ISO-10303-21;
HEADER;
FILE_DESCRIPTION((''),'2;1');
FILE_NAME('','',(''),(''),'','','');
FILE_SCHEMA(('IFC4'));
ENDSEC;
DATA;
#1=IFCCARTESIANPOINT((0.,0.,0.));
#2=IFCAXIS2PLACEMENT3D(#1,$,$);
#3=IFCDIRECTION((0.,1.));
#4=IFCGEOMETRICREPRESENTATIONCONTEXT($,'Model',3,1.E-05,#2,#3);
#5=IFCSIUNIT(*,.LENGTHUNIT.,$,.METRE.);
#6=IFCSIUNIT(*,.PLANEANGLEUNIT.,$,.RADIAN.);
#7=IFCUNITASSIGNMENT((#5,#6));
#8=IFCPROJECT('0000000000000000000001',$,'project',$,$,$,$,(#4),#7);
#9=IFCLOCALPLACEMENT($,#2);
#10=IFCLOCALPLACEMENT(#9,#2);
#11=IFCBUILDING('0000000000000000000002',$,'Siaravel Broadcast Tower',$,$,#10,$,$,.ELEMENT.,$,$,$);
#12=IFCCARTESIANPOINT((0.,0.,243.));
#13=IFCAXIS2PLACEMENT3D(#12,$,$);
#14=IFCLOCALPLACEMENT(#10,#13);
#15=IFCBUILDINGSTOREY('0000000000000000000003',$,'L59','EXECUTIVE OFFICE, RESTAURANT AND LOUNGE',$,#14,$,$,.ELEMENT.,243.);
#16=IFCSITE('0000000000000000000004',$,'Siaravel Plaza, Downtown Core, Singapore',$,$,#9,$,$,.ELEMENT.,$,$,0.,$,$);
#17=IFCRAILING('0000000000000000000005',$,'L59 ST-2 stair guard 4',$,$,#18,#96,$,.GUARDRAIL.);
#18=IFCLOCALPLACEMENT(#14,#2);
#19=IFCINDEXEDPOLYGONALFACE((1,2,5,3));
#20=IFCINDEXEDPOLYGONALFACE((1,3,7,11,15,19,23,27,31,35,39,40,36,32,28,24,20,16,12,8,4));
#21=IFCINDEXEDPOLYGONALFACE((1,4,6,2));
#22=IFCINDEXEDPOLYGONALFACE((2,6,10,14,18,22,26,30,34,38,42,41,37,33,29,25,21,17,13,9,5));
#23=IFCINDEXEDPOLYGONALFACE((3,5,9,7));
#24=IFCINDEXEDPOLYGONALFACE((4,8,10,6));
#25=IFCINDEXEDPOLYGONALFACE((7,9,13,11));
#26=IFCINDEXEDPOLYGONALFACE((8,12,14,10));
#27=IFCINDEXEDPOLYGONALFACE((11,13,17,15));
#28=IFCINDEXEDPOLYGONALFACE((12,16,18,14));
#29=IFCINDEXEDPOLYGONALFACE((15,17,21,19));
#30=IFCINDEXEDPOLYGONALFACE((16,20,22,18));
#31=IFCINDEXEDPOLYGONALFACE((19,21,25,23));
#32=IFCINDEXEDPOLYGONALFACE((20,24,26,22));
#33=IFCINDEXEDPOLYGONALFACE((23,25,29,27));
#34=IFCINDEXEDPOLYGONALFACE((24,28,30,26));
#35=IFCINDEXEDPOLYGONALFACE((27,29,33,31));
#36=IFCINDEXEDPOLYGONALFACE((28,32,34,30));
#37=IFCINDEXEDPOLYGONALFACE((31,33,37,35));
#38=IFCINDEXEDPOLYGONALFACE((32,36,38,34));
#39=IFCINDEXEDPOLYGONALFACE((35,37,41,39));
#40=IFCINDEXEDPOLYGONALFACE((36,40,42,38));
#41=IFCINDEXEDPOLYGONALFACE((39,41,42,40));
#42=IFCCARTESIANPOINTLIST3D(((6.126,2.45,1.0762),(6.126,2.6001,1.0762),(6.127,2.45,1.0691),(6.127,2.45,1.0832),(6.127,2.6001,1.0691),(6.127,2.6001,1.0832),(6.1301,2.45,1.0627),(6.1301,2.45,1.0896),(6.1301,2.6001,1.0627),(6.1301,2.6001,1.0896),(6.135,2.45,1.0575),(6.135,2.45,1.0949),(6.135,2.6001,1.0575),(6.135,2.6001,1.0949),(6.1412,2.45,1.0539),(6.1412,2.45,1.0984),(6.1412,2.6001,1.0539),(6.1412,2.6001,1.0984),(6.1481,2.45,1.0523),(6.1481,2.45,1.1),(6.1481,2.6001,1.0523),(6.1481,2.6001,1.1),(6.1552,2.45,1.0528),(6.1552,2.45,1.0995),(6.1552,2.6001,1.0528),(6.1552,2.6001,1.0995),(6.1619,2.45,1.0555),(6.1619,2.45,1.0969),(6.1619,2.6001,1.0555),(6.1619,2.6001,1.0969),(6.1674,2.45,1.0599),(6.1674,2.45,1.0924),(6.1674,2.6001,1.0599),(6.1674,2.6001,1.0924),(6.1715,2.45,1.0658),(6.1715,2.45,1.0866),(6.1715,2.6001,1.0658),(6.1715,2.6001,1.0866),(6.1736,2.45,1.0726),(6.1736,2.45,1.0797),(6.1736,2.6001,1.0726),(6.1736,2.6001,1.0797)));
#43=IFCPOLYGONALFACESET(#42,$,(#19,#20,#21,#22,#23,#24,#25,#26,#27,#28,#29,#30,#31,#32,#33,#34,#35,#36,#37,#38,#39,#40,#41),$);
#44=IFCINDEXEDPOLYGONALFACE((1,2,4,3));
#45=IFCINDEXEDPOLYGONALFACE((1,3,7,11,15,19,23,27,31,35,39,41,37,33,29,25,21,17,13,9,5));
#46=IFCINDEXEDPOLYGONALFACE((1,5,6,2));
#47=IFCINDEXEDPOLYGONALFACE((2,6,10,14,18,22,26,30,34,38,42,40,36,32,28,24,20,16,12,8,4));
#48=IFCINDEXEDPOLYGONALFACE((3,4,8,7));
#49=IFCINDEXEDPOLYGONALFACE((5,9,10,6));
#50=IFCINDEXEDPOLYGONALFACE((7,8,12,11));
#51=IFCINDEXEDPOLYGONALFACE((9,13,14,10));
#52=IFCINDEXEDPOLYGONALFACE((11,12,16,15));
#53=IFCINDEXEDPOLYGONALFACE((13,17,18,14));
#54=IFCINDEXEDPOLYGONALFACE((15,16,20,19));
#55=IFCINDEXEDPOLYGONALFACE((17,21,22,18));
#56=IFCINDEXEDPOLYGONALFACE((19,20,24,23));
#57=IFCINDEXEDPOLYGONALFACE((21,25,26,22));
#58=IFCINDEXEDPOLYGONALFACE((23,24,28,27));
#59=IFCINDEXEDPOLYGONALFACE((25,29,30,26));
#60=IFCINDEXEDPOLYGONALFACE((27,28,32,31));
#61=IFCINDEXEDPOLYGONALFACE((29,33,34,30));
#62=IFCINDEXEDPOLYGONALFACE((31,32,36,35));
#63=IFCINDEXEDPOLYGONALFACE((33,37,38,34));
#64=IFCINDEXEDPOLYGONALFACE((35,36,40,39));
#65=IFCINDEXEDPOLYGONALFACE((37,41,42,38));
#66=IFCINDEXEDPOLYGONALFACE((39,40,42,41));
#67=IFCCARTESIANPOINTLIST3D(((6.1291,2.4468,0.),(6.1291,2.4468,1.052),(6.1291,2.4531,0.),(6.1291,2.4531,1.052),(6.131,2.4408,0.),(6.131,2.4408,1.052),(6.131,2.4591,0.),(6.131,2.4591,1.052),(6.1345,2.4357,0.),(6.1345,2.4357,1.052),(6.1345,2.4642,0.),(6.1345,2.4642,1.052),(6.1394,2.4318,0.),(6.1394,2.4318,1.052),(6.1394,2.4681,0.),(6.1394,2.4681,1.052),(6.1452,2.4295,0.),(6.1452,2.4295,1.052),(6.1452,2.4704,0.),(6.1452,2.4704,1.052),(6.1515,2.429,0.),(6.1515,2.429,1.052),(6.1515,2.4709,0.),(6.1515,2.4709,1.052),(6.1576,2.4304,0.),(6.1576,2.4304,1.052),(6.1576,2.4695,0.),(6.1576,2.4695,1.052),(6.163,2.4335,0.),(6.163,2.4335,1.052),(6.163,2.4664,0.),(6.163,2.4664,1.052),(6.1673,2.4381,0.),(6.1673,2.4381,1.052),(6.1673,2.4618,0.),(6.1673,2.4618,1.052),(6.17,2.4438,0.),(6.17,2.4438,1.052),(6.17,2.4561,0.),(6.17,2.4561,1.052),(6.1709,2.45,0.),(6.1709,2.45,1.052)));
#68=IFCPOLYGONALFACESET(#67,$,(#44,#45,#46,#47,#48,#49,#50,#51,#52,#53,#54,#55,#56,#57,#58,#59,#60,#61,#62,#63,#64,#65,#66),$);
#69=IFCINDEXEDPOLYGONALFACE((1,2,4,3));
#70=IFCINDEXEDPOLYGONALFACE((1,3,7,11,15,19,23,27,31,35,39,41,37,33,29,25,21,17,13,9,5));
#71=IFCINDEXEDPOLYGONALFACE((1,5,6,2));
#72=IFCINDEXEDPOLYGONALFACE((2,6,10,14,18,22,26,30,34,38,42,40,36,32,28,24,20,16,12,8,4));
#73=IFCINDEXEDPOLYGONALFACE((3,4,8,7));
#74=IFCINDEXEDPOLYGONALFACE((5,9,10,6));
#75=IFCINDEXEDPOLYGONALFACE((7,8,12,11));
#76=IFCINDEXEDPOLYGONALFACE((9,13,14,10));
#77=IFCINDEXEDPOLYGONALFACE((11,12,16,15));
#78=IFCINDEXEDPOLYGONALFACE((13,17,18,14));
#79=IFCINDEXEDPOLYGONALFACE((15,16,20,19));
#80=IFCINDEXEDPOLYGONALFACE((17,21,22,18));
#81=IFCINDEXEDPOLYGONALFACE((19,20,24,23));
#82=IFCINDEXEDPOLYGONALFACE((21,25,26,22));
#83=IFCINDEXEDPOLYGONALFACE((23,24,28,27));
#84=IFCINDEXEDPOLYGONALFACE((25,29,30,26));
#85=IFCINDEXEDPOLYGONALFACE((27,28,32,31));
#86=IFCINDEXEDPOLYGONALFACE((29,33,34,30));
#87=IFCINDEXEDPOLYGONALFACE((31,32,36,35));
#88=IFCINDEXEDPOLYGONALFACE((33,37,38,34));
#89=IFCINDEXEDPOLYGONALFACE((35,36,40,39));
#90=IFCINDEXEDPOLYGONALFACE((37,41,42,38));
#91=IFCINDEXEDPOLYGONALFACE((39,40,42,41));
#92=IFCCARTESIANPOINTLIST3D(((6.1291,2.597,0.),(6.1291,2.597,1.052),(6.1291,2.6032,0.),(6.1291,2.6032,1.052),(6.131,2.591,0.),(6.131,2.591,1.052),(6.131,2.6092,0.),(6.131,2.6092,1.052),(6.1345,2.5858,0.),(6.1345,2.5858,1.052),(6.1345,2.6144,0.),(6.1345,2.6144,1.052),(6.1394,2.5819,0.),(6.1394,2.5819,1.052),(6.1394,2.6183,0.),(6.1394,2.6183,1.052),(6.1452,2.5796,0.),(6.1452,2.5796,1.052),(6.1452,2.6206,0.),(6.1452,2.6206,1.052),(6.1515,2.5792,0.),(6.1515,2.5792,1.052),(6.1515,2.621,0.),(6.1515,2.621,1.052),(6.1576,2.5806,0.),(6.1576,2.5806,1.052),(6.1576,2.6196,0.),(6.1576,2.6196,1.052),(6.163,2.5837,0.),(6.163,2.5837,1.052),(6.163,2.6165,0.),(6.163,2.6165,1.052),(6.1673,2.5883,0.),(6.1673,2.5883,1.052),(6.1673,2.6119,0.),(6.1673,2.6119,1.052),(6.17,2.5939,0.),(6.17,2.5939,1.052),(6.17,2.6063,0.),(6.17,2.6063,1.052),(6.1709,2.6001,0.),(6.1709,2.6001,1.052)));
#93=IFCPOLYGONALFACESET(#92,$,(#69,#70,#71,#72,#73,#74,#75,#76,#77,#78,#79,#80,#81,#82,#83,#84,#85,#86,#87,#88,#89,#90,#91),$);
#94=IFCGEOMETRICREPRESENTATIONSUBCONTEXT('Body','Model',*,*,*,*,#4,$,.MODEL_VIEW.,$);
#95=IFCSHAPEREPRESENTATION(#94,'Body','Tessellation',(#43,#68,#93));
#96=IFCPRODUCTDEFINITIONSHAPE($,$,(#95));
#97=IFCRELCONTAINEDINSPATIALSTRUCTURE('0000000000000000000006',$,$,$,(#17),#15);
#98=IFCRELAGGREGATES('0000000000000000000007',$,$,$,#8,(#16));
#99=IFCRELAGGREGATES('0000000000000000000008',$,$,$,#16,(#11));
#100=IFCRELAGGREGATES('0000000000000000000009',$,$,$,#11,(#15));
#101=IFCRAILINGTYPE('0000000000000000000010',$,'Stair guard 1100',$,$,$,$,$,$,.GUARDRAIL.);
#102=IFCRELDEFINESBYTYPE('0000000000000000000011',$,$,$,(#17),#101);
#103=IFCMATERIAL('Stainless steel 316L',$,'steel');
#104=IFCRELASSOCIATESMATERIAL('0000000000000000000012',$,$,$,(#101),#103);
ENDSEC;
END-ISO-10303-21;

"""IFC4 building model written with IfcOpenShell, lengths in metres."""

from ifc_helpers import new_model, si_unit, direction, frame, origin, origin_2d, place, context, subcontext, project, spatial, circle, extrude, material, type_object, element, save


model = new_model("IFC4")

# Units and contexts
model_context = context("Model", 3, precision=1e-05, world=origin(), true_north=direction((0.0, 1.0)))
body_context = subcontext(model_context, "Body", "Model", "MODEL_VIEW")
ifc_project = project(units=[si_unit("LENGTHUNIT", "METRE"), si_unit("PLANEANGLEUNIT", "RADIAN")], contexts=[model_context])

# Site, building, storey
site_placement = place(None, origin())
site = spatial("IfcSite", under=ifc_project, at=site_placement, Name="Siaravel Plaza, Downtown Core, Singapore", CompositionType="ELEMENT", RefElevation=0.0)
building_placement = place(site_placement, origin())
building = spatial("IfcBuilding", under=site, at=building_placement, Name="Siaravel Broadcast Tower", CompositionType="ELEMENT")
storey_placement = place(building_placement, frame((0.0, 0.0, 243.0)))
storey = spatial("IfcBuildingStorey", under=building, at=storey_placement, Name="L59", Description="EXECUTIVE OFFICE, RESTAURANT AND LOUNGE", CompositionType="ELEMENT", Elevation=243.0)

# Railing
ifc_material_1 = material(Name="Stainless steel 316L", Category="steel")
railing_type_1 = type_object("IfcRailingType", Name="Stair guard 1100", PredefinedType="GUARDRAIL", material=ifc_material_1)
railing_1_placement = place(storey_placement, frame((6.1499, 2.45, 0.0)))
element("IfcRailing", 1, at=railing_1_placement, inside=storey, type_object=railing_type_1, Name="L59 ST-2 stair guard 4", PredefinedType="GUARDRAIL", context=body_context, shape_type="SweptSolid", body=[
    extrude(circle(Radius=0.0239, at=origin_2d()), frame((0.0, 0.0, 1.0762), z_axis=(0.0, 1.0, 0.0), x_axis=(-1.0, 0.0, 0.0)), (0.0, 0.0, 1.0), 0.1501),
    extrude(circle(Radius=0.021, at=origin_2d()), origin(), (0.0, 0.0, 1.0), 1.052),
    extrude(circle(Radius=0.021, at=origin_2d()), frame((0.0, 0.1501, 0.0)), (0.0, 0.0, 1.0), 1.052),
])

save(model, "model.ifc")
